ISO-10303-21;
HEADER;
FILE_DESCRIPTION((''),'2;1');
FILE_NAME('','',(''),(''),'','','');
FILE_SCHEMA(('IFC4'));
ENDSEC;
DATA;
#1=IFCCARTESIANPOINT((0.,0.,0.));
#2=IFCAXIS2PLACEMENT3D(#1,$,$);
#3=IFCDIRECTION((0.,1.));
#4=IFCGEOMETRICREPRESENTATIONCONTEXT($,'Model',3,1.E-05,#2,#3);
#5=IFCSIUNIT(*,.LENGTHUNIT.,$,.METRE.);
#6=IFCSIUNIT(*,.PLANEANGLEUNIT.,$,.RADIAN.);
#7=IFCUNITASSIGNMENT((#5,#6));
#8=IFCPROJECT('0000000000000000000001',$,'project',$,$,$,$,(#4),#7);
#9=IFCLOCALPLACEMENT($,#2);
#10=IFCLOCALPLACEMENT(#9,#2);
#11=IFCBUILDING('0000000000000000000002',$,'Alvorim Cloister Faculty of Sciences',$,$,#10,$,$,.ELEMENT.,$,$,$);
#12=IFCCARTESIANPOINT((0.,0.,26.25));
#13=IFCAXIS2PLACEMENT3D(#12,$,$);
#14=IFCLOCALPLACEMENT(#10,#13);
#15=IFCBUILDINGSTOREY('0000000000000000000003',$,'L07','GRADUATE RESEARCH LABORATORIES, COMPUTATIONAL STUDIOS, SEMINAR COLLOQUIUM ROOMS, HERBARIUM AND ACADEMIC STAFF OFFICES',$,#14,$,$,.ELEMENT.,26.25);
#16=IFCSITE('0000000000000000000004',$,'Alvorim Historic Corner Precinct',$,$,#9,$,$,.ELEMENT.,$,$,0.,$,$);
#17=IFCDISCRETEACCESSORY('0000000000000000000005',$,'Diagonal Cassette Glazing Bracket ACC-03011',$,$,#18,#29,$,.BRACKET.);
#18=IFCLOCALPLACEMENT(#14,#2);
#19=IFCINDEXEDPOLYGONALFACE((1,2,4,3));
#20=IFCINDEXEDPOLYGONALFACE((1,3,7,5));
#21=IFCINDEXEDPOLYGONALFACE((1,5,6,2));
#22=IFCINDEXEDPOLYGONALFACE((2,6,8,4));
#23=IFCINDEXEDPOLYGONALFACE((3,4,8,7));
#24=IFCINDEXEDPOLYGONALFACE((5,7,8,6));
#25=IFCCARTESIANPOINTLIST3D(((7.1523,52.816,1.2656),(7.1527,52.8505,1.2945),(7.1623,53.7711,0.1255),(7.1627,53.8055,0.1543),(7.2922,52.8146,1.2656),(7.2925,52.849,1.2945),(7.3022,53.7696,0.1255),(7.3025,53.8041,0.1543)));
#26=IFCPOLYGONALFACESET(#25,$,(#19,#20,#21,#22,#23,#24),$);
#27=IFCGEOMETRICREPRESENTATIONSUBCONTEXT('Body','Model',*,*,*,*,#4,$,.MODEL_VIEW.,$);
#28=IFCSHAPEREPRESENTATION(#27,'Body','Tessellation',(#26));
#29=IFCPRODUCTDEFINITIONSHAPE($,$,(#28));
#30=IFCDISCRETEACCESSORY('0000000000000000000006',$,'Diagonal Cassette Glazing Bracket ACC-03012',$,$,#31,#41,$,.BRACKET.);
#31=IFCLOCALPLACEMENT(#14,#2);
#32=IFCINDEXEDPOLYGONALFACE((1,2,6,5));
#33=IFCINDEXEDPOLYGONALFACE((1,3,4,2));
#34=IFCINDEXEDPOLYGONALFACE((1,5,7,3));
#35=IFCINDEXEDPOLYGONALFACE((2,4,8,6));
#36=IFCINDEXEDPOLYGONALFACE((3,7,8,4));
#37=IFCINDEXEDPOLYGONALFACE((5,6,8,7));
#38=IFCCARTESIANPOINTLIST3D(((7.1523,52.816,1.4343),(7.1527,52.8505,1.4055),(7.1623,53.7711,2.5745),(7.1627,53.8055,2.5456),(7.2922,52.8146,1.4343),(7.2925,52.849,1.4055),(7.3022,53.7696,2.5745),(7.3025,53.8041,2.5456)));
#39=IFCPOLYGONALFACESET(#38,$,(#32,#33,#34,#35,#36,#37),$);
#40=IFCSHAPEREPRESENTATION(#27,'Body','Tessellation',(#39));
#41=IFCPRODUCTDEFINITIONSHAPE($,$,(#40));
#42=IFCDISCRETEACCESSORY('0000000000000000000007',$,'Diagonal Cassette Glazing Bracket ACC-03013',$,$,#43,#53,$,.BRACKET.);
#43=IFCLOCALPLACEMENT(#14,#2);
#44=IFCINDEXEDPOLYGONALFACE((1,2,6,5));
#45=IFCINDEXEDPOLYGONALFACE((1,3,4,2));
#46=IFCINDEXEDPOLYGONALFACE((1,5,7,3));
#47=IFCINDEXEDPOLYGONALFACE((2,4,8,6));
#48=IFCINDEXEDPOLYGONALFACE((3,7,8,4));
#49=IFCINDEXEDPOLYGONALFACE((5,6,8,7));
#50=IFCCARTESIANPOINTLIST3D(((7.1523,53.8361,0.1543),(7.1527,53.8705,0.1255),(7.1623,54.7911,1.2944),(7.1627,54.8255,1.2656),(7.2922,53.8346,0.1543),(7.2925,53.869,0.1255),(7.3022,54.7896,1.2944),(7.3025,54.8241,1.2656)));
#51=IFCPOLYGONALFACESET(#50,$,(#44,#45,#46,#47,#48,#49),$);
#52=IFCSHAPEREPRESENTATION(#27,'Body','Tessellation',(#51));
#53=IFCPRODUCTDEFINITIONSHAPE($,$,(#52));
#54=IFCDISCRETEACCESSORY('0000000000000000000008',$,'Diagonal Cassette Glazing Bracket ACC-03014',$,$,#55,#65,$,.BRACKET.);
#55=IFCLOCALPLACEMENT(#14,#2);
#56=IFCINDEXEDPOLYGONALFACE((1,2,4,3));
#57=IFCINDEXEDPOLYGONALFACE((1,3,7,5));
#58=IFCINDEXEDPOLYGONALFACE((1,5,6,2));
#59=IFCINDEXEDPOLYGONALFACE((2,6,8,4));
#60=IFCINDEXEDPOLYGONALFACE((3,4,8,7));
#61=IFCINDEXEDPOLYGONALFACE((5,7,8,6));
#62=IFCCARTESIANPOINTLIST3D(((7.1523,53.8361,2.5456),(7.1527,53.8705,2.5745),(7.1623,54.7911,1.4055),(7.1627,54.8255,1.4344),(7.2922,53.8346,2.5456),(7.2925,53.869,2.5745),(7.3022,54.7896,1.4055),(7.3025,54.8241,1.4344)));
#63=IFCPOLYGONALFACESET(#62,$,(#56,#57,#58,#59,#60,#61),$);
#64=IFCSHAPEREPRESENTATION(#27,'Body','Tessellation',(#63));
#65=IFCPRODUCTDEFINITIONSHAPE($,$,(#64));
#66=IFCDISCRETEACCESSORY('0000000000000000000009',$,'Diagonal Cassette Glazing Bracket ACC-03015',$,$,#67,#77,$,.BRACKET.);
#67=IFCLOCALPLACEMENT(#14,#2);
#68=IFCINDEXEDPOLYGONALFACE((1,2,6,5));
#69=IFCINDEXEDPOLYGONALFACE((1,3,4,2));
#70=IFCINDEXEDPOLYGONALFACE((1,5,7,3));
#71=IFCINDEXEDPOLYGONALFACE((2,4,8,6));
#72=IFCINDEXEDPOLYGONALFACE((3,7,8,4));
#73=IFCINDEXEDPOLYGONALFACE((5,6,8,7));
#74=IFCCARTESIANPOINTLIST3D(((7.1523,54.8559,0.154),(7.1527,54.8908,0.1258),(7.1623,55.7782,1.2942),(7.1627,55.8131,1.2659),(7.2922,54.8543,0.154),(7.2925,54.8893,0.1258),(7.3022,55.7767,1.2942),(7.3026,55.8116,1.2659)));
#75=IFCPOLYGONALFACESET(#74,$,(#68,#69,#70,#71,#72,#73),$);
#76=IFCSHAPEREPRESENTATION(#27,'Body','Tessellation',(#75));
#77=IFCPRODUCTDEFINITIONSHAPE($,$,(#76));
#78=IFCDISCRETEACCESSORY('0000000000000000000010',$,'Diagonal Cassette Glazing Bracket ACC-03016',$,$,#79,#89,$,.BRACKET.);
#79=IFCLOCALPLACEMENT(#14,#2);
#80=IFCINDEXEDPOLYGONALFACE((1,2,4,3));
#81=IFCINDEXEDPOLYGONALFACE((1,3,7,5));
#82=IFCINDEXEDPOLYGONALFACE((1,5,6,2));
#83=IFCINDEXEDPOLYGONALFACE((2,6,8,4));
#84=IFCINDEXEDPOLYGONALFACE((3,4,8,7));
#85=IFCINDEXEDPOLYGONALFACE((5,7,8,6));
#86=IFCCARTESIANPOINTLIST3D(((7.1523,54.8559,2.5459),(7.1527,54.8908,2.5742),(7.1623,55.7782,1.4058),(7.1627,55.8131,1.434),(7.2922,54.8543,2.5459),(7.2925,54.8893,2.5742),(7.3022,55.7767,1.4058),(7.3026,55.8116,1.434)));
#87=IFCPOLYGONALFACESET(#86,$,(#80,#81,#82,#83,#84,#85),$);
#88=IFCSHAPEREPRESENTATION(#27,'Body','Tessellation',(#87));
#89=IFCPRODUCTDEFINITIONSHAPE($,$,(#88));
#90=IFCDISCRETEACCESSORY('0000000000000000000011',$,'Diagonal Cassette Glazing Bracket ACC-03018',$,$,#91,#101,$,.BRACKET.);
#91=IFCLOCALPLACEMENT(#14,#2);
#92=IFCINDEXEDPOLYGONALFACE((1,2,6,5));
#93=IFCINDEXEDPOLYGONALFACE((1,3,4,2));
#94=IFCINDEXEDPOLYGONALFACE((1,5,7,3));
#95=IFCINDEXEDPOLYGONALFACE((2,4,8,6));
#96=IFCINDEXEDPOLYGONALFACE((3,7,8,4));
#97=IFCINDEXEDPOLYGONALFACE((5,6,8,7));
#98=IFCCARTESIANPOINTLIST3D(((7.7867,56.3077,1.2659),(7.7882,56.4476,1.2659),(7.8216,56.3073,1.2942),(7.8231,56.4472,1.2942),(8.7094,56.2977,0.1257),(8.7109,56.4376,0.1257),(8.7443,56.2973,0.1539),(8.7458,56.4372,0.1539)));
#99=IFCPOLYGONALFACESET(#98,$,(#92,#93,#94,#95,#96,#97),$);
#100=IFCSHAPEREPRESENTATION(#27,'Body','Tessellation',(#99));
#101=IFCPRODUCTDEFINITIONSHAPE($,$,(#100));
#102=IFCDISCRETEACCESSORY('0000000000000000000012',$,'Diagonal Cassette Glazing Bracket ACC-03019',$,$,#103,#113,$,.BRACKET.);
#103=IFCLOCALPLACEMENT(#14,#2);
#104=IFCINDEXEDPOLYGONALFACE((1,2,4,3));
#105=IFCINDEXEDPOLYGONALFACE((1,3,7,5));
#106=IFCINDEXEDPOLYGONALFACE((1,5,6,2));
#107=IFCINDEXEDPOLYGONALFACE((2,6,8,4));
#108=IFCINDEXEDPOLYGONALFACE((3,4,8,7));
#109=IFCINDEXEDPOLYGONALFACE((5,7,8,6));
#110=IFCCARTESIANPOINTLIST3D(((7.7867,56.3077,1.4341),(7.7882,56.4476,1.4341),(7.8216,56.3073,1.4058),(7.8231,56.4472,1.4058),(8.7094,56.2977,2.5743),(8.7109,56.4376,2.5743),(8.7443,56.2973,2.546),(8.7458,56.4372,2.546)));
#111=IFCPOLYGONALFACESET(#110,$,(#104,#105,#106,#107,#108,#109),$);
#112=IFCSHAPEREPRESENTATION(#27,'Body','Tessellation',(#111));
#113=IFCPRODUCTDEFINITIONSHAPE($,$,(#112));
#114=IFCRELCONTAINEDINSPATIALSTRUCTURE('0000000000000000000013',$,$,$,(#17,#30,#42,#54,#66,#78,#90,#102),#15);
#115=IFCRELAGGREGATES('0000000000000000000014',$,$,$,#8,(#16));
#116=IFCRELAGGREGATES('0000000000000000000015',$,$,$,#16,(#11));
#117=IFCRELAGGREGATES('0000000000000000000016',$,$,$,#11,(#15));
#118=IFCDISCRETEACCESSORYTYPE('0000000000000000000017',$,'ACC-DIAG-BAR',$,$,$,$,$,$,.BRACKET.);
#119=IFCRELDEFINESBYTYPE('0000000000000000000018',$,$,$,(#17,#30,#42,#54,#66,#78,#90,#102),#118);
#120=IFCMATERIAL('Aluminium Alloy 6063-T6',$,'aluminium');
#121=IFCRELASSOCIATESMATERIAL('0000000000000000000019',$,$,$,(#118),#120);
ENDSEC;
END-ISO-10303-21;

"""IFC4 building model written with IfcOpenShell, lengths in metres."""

from ifc_helpers import new_model, si_unit, direction, frame, origin, origin_2d, place, context, subcontext, project, spatial, rectangle, extrude, material, type_object, element, save


model = new_model("IFC4")

# Units and contexts
model_context = context("Model", 3, precision=1e-05, world=origin(), true_north=direction((0.0, 1.0)))
body_context = subcontext(model_context, "Body", "Model", "MODEL_VIEW")
ifc_project = project(units=[si_unit("LENGTHUNIT", "METRE"), si_unit("PLANEANGLEUNIT", "RADIAN")], contexts=[model_context])

# Site, building, storey
site_placement = place(None, origin())
site = spatial("IfcSite", under=ifc_project, at=site_placement, Name="Alvorim Historic Corner Precinct", CompositionType="ELEMENT", RefElevation=0.0)
building_placement = place(site_placement, origin())
building = spatial("IfcBuilding", under=site, at=building_placement, Name="Alvorim Cloister Faculty of Sciences", CompositionType="ELEMENT")
storey_placement = place(building_placement, frame((0.0, 0.0, 26.25)))
storey = spatial("IfcBuildingStorey", under=building, at=storey_placement, Name="L07", Description="GRADUATE RESEARCH LABORATORIES, COMPUTATIONAL STUDIOS, SEMINAR COLLOQUIUM ROOMS, HERBARIUM AND ACADEMIC STAFF OFFICES", CompositionType="ELEMENT", Elevation=26.25)

# Shared definitions
ifc_material_1 = material(Name="Aluminium Alloy 6063-T6", Category="aluminium")

# Discrete accessories
discrete_accessory_type = type_object("IfcDiscreteAccessoryType", Name="ACC-DIAG-BAR", PredefinedType="BRACKET", material=ifc_material_1)
for number, where, z_axis, x_axis, name in (
    (1, (7.2224, 52.8325, 1.28), (0.00673, 0.642138, -0.76656), (-0.999945, 0.01048, 0.0), "Diagonal Cassette Glazing Bracket ACC-03011"),
    (2, (7.2224, 52.8325, 1.4199), (0.00673, 0.642138, 0.76656), (-0.999945, 0.01048, 0.0), "Diagonal Cassette Glazing Bracket ACC-03012"),
    (3, (7.2224, 53.8525, 0.1399), (0.00673, 0.642138, 0.76656), (-0.999945, 0.01048, 0.0), "Diagonal Cassette Glazing Bracket ACC-03013"),
    (4, (7.2224, 53.8525, 2.5601), (0.00673, 0.642138, -0.76656), (-0.999945, 0.01048, 0.0), "Diagonal Cassette Glazing Bracket ACC-03014"),
):
    element("IfcDiscreteAccessory", number, at=place(storey_placement, frame(where, z_axis=z_axis, x_axis=x_axis)), inside=storey, type_object=discrete_accessory_type, Name=name, PredefinedType="BRACKET", context=body_context, shape_type="SweptSolid", body=[
        extrude(rectangle(XDim=0.1399, YDim=0.0449, at=origin_2d()), origin(), (0.0, 0.0, 1.0), 1.4873),
    ])
for number, where, z_axis, x_axis, name in (
    (5, (7.2224, 54.8726, 0.1399), (0.006825, 0.628935, 0.777428), (-0.999941, 0.010852, 0.0), "Diagonal Cassette Glazing Bracket ACC-03015"),
    (6, (7.2224, 54.8726, 2.5601), (0.006825, 0.628935, -0.777428), (-0.999941, 0.010852, 0.0), "Diagonal Cassette Glazing Bracket ACC-03016"),
):
    element("IfcDiscreteAccessory", number, at=place(storey_placement, frame(where, z_axis=z_axis, x_axis=x_axis)), inside=storey, type_object=discrete_accessory_type, Name=name, PredefinedType="BRACKET", context=body_context, shape_type="SweptSolid", body=[
        extrude(rectangle(XDim=0.1399, YDim=0.0449, at=origin_2d()), origin(), (0.0, 0.0, 1.0), 1.4666),
    ])
for number, where, z_axis, x_axis, name in (
    (7, (7.8049, 56.3774, 1.28), (0.629035, -0.006825, -0.777347), (0.010849, 0.999941, 0.0), "Diagonal Cassette Glazing Bracket ACC-03018"),
    (8, (7.8049, 56.3774, 1.4199), (0.629035, -0.006825, 0.777347), (0.010849, 0.999941, 0.0), "Diagonal Cassette Glazing Bracket ACC-03019"),
):
    element("IfcDiscreteAccessory", number, at=place(storey_placement, frame(where, z_axis=z_axis, x_axis=x_axis)), inside=storey, type_object=discrete_accessory_type, Name=name, PredefinedType="BRACKET", context=body_context, shape_type="SweptSolid", body=[
        extrude(rectangle(XDim=0.1399, YDim=0.0449, at=origin_2d()), origin(), (0.0, 0.0, 1.0), 1.4668),
    ])

save(model, "model.ifc")
